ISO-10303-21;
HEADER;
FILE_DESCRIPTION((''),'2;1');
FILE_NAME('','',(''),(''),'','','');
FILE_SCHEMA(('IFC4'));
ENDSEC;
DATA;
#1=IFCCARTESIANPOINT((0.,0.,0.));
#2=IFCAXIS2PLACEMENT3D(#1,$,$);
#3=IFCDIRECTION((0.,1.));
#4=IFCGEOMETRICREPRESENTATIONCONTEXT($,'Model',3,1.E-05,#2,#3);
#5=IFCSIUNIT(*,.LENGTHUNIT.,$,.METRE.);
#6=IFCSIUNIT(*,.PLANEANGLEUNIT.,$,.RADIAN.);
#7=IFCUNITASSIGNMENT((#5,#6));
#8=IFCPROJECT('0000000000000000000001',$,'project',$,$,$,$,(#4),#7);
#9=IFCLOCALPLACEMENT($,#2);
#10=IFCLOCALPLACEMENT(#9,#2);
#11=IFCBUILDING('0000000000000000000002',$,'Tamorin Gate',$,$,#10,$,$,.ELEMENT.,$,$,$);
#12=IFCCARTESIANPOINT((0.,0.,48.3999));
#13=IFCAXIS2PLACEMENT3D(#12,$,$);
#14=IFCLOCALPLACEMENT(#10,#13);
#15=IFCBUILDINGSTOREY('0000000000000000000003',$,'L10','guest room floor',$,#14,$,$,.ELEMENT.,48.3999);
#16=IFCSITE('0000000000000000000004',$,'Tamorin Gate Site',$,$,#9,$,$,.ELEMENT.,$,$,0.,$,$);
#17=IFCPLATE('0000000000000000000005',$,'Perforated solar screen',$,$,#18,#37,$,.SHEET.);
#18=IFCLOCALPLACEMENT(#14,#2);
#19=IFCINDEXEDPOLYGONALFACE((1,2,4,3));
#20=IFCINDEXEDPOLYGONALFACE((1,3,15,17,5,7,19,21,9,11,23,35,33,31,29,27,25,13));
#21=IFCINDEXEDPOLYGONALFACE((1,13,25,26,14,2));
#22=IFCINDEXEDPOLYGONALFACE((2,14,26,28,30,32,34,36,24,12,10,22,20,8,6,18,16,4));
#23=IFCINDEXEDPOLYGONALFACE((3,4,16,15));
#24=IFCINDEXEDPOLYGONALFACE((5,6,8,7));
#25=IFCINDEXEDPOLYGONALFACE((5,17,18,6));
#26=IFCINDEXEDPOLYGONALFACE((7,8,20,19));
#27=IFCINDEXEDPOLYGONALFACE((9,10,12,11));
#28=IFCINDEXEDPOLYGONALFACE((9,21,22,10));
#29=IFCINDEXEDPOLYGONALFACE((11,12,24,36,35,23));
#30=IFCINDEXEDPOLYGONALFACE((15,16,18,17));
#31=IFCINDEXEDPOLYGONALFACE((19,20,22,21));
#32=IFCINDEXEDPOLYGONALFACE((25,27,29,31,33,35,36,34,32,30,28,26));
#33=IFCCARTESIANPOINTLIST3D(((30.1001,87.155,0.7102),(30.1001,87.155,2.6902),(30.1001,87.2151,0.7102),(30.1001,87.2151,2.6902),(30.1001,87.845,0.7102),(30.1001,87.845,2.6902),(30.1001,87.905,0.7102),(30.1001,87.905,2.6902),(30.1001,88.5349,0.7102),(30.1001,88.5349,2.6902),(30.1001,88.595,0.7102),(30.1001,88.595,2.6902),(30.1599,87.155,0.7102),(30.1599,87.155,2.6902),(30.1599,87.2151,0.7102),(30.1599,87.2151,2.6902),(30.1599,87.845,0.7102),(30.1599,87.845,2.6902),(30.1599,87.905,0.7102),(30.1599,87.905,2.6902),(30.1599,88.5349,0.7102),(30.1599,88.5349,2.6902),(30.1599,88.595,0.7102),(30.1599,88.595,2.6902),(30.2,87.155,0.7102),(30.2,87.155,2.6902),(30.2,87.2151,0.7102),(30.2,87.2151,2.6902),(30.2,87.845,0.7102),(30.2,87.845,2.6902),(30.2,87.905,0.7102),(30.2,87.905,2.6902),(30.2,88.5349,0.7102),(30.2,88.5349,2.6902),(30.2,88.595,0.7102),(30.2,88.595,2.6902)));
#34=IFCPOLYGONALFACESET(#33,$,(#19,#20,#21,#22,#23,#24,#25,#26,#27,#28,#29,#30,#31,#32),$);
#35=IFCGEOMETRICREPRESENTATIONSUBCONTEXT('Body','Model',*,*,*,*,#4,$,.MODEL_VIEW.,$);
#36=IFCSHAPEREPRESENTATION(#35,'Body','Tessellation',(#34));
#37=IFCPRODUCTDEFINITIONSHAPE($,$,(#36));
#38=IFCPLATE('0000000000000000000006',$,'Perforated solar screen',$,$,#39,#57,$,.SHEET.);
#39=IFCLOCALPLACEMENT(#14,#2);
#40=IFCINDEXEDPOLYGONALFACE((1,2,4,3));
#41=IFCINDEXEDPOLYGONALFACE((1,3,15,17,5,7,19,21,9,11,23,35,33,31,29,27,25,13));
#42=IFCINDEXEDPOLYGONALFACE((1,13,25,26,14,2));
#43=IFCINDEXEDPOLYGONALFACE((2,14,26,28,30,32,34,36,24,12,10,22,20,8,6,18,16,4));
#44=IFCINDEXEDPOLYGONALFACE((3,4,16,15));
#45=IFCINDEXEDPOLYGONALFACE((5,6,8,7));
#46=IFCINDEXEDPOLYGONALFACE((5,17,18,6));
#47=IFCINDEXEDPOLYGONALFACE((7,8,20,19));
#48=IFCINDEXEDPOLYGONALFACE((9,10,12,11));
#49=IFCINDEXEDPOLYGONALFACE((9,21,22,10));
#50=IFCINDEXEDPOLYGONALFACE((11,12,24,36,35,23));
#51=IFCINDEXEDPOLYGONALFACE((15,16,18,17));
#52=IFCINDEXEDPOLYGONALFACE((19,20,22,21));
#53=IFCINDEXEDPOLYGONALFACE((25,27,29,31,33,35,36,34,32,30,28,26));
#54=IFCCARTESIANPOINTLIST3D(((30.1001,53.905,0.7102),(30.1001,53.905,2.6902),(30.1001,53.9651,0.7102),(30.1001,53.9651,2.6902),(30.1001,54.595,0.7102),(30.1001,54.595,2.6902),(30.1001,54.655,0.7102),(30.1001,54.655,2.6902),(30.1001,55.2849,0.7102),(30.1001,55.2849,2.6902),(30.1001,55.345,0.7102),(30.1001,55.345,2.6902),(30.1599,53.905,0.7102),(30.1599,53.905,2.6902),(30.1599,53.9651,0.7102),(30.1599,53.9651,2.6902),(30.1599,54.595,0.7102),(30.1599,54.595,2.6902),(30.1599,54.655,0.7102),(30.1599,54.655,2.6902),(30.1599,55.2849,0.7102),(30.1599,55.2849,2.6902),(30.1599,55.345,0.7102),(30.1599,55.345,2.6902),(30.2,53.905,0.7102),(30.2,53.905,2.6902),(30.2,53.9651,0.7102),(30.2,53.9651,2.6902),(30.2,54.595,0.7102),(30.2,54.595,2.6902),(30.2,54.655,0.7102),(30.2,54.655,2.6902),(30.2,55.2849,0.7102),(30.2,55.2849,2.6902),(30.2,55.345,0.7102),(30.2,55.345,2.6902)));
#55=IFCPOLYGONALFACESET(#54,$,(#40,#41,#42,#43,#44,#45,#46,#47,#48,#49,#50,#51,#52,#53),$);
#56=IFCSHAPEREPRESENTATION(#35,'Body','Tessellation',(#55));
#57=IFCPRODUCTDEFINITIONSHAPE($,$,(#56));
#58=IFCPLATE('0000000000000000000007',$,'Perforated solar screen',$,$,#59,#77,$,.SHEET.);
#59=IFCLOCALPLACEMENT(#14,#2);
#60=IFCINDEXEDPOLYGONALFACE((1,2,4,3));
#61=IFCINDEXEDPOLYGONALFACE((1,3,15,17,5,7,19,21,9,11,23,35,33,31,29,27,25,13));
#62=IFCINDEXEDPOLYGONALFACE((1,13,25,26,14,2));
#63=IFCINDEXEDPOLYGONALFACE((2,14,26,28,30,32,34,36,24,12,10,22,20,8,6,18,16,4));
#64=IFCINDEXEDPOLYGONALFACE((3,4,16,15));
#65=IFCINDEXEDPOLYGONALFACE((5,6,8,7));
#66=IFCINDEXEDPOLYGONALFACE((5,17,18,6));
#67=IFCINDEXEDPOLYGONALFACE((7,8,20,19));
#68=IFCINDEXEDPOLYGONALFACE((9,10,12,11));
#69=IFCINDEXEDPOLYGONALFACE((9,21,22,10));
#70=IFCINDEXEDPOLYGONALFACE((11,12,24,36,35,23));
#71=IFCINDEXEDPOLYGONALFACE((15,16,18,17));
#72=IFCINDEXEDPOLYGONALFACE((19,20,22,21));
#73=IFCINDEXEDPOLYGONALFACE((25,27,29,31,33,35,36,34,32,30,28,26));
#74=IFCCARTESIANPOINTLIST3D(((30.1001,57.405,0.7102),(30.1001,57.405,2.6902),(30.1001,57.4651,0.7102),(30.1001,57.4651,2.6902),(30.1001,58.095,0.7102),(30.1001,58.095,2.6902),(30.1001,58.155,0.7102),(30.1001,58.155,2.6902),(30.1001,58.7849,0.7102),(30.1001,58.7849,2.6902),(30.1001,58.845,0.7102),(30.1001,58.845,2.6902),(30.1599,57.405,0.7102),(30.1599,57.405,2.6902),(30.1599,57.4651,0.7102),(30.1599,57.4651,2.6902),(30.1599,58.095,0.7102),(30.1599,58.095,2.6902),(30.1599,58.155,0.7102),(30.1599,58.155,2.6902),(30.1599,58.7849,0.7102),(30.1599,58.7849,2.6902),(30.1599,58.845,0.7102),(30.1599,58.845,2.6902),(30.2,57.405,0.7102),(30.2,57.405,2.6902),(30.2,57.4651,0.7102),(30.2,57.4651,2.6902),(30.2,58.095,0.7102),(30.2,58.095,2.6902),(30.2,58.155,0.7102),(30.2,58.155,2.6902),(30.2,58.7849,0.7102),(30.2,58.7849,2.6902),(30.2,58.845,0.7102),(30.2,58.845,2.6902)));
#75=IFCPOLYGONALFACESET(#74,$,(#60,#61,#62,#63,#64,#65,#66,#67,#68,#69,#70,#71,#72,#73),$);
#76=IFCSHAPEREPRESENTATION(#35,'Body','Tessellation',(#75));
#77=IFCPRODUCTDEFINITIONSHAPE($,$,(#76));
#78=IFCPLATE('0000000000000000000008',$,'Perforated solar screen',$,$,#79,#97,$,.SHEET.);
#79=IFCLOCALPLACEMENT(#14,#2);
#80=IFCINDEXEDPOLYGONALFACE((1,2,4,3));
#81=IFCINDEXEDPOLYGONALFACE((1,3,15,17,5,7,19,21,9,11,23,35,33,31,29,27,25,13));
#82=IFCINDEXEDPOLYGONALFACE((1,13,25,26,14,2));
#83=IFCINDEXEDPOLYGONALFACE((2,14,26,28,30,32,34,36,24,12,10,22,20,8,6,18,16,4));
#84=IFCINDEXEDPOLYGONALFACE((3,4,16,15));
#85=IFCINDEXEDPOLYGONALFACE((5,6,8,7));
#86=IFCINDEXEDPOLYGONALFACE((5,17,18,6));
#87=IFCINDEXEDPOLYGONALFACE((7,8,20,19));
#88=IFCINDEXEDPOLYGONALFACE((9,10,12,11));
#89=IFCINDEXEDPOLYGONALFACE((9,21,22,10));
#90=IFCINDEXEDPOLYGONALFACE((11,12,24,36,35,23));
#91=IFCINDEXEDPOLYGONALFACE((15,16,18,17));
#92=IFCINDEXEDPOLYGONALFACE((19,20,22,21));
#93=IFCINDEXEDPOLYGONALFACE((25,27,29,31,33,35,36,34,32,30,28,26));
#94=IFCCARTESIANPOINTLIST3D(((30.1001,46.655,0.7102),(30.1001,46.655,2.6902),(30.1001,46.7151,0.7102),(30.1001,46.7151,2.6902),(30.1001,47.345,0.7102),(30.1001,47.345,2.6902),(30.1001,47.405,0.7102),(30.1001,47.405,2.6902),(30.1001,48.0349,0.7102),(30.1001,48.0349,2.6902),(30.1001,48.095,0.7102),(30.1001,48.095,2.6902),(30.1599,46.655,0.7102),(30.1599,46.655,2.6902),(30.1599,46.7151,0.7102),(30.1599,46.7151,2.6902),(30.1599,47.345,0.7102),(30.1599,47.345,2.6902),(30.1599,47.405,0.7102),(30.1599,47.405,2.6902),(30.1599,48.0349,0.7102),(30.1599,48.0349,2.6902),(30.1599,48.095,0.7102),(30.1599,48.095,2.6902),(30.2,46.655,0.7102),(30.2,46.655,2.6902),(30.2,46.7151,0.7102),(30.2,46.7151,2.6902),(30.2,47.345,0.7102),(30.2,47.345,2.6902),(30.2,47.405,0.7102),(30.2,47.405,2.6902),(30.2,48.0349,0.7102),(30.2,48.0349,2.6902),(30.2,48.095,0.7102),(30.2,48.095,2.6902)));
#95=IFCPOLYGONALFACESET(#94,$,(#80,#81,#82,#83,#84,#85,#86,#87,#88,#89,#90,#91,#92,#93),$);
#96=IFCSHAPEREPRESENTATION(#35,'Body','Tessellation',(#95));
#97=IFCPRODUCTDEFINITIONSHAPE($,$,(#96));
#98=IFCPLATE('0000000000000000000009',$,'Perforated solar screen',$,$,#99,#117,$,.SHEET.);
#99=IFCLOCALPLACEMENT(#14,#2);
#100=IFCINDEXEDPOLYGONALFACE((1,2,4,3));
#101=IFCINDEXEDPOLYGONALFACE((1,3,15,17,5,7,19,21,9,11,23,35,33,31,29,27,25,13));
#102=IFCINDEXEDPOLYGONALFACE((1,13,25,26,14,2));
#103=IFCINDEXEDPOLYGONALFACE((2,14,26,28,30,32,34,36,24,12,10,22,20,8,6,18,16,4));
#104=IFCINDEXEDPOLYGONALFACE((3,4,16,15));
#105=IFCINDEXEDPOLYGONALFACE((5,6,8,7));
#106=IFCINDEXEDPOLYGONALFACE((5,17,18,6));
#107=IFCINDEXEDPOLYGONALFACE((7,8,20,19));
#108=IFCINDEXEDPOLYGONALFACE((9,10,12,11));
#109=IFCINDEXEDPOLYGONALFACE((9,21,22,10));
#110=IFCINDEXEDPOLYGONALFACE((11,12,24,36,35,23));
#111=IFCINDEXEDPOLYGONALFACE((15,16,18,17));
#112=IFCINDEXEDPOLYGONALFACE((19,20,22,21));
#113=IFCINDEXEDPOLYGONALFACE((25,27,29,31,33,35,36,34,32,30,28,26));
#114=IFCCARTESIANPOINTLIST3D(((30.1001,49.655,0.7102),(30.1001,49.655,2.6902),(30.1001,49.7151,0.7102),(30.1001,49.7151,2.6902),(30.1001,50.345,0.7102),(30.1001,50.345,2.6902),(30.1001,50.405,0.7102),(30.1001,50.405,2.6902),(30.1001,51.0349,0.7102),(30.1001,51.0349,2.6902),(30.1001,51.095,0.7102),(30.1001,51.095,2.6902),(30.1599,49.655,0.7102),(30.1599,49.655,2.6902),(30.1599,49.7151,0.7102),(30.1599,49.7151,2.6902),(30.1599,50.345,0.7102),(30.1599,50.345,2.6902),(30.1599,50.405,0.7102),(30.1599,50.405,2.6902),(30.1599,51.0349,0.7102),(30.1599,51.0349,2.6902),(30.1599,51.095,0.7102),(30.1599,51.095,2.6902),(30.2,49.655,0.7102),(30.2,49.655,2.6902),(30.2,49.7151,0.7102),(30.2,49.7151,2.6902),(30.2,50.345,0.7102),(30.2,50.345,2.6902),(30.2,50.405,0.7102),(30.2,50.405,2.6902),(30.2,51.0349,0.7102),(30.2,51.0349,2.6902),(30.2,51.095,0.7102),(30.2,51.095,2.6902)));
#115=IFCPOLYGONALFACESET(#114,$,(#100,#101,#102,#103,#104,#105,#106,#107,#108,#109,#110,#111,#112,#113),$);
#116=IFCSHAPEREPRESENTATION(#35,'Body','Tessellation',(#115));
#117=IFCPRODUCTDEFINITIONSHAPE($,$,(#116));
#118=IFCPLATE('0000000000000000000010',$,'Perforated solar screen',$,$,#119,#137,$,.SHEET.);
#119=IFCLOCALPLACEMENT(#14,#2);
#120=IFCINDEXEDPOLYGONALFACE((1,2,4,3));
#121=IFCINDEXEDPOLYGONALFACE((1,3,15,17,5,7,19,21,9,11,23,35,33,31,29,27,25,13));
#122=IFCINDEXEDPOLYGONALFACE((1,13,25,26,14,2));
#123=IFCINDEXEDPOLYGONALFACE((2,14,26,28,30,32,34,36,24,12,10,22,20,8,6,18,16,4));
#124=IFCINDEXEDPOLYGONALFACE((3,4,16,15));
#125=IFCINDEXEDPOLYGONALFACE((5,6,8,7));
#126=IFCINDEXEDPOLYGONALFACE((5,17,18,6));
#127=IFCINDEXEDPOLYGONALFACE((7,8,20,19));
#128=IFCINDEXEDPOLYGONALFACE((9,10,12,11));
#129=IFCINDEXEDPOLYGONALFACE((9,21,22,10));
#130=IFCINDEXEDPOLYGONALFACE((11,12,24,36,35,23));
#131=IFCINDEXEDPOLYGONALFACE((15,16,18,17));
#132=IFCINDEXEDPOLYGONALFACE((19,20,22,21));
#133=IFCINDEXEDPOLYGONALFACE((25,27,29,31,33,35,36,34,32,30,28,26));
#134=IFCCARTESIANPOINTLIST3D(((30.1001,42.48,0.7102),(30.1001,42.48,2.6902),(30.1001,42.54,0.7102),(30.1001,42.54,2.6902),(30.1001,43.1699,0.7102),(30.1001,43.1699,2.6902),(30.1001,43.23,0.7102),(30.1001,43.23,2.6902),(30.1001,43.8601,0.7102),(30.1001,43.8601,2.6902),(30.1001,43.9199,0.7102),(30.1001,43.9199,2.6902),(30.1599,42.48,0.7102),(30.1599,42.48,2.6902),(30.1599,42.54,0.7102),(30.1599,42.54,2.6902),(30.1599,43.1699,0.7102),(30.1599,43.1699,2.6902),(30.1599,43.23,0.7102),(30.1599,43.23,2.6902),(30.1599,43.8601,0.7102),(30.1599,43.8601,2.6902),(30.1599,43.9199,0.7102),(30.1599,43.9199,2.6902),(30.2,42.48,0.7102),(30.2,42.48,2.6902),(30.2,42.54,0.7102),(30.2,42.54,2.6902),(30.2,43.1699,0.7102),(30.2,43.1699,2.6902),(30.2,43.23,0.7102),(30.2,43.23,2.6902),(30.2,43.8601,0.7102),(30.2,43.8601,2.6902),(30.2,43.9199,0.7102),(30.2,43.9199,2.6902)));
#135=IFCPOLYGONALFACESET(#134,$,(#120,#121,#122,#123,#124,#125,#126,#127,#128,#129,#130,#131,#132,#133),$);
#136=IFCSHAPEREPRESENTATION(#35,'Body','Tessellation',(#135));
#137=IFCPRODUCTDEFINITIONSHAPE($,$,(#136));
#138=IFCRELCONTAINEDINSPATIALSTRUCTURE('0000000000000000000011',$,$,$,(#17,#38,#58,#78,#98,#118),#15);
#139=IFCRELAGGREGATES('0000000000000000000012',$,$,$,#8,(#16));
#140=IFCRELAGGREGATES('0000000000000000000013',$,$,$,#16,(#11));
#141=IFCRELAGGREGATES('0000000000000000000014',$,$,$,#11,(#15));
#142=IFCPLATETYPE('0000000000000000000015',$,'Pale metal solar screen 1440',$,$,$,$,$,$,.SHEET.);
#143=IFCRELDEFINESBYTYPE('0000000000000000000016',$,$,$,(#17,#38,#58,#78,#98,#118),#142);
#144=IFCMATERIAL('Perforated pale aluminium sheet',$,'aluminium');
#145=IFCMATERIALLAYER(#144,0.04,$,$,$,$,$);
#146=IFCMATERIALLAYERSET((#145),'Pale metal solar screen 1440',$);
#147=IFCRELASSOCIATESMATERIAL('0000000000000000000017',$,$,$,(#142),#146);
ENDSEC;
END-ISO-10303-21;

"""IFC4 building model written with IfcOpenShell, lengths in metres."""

from ifc_helpers import new_model, si_unit, direction, frame, origin, place, context, subcontext, project, spatial, polyline, outline, extrude, material, layer, layer_set, type_object, element, save


model = new_model("IFC4")

# Units and contexts
model_context = context("Model", 3, precision=1e-05, world=origin(), true_north=direction((0.0, 1.0)))
body_context = subcontext(model_context, "Body", "Model", "MODEL_VIEW")
ifc_project = project(units=[si_unit("LENGTHUNIT", "METRE"), si_unit("PLANEANGLEUNIT", "RADIAN")], contexts=[model_context])

# Site, building, storey
site_placement = place(None, origin())
site = spatial("IfcSite", under=ifc_project, at=site_placement, Name="Tamorin Gate Site", CompositionType="ELEMENT", RefElevation=0.0)
building_placement = place(site_placement, origin())
building = spatial("IfcBuilding", under=site, at=building_placement, Name="Tamorin Gate", CompositionType="ELEMENT")
storey_placement = place(building_placement, frame((0.0, 0.0, 48.3999)))
storey = spatial("IfcBuildingStorey", under=building, at=storey_placement, Name="L10", Description="guest room floor", CompositionType="ELEMENT", Elevation=48.3999)

# Plates
ifc_material_1 = material(Name="Perforated pale aluminium sheet", Category="aluminium")
ifc_layer_1 = layer(ifc_material_1, 0.04)
ifc_layer_set_1 = layer_set([ifc_layer_1], Name="Pale metal solar screen 1440")
plate_type = type_object("IfcPlateType", Name="Pale metal solar screen 1440", PredefinedType="SHEET", material=ifc_layer_set_1)
plate_1_placement = place(storey_placement, frame((0.0, 0.0, 0.7102)))
element("IfcPlate", 1, at=plate_1_placement, inside=storey, type_object=plate_type, Name="Perforated solar screen", PredefinedType="SHEET", context=body_context, shape_type="SweptSolid", body=[
    extrude(outline(polyline([(30.1599, 88.595), (30.2, 88.595), (30.2, 88.5349), (30.2, 87.905), (30.2, 87.845), (30.2, 87.2151), (30.2, 87.155), (30.1599, 87.155), (30.1001, 87.155), (30.1001, 87.2151), (30.1599, 87.2151), (30.1599, 87.845), (30.1001, 87.845), (30.1001, 87.905), (30.1599, 87.905), (30.1599, 88.5349), (30.1001, 88.5349), (30.1001, 88.595), (30.1599, 88.595)])), origin(), (0.0, 0.0, 1.0), 1.98),
])
plate_2_placement = place(storey_placement, frame((0.0, 0.0, 0.7102)))
element("IfcPlate", 2, at=plate_2_placement, inside=storey, type_object=plate_type, Name="Perforated solar screen", PredefinedType="SHEET", context=body_context, shape_type="SweptSolid", body=[
    extrude(outline(polyline([(30.1599, 55.345), (30.2, 55.345), (30.2, 55.2849), (30.2, 54.655), (30.2, 54.595), (30.2, 53.9651), (30.2, 53.905), (30.1599, 53.905), (30.1001, 53.905), (30.1001, 53.9651), (30.1599, 53.9651), (30.1599, 54.595), (30.1001, 54.595), (30.1001, 54.655), (30.1599, 54.655), (30.1599, 55.2849), (30.1001, 55.2849), (30.1001, 55.345), (30.1599, 55.345)])), origin(), (0.0, 0.0, 1.0), 1.98),
])
plate_3_placement = place(storey_placement, frame((0.0, 0.0, 0.7102)))
element("IfcPlate", 3, at=plate_3_placement, inside=storey, type_object=plate_type, Name="Perforated solar screen", PredefinedType="SHEET", context=body_context, shape_type="SweptSolid", body=[
    extrude(outline(polyline([(30.1599, 58.845), (30.2, 58.845), (30.2, 58.7849), (30.2, 58.155), (30.2, 58.095), (30.2, 57.4651), (30.2, 57.405), (30.1599, 57.405), (30.1001, 57.405), (30.1001, 57.4651), (30.1599, 57.4651), (30.1599, 58.095), (30.1001, 58.095), (30.1001, 58.155), (30.1599, 58.155), (30.1599, 58.7849), (30.1001, 58.7849), (30.1001, 58.845), (30.1599, 58.845)])), origin(), (0.0, 0.0, 1.0), 1.98),
])
plate_4_placement = place(storey_placement, frame((0.0, 0.0, 0.7102)))
element("IfcPlate", 4, at=plate_4_placement, inside=storey, type_object=plate_type, Name="Perforated solar screen", PredefinedType="SHEET", context=body_context, shape_type="SweptSolid", body=[
    extrude(outline(polyline([(30.1599, 48.095), (30.2, 48.095), (30.2, 48.0349), (30.2, 47.405), (30.2, 47.345), (30.2, 46.7151), (30.2, 46.655), (30.1599, 46.655), (30.1001, 46.655), (30.1001, 46.7151), (30.1599, 46.7151), (30.1599, 47.345), (30.1001, 47.345), (30.1001, 47.405), (30.1599, 47.405), (30.1599, 48.0349), (30.1001, 48.0349), (30.1001, 48.095), (30.1599, 48.095)])), origin(), (0.0, 0.0, 1.0), 1.98),
])
plate_5_placement = place(storey_placement, frame((0.0, 0.0, 0.7102)))
element("IfcPlate", 5, at=plate_5_placement, inside=storey, type_object=plate_type, Name="Perforated solar screen", PredefinedType="SHEET", context=body_context, shape_type="SweptSolid", body=[
    extrude(outline(polyline([(30.1599, 51.095), (30.2, 51.095), (30.2, 51.0349), (30.2, 50.405), (30.2, 50.345), (30.2, 49.7151), (30.2, 49.655), (30.1599, 49.655), (30.1001, 49.655), (30.1001, 49.7151), (30.1599, 49.7151), (30.1599, 50.345), (30.1001, 50.345), (30.1001, 50.405), (30.1599, 50.405), (30.1599, 51.0349), (30.1001, 51.0349), (30.1001, 51.095), (30.1599, 51.095)])), origin(), (0.0, 0.0, 1.0), 1.98),
])
plate_6_placement = place(storey_placement, frame((0.0, 0.0, 0.7102)))
element("IfcPlate", 6, at=plate_6_placement, inside=storey, type_object=plate_type, Name="Perforated solar screen", PredefinedType="SHEET", context=body_context, shape_type="SweptSolid", body=[
    extrude(outline(polyline([(30.1599, 43.9199), (30.2, 43.9199), (30.2, 43.8601), (30.2, 43.23), (30.2, 43.1699), (30.2, 42.54), (30.2, 42.48), (30.1599, 42.48), (30.1001, 42.48), (30.1001, 42.54), (30.1599, 42.54), (30.1599, 43.1699), (30.1001, 43.1699), (30.1001, 43.23), (30.1599, 43.23), (30.1599, 43.8601), (30.1001, 43.8601), (30.1001, 43.9199), (30.1599, 43.9199)])), origin(), (0.0, 0.0, 1.0), 1.98),
])

save(model, "model.ifc")
